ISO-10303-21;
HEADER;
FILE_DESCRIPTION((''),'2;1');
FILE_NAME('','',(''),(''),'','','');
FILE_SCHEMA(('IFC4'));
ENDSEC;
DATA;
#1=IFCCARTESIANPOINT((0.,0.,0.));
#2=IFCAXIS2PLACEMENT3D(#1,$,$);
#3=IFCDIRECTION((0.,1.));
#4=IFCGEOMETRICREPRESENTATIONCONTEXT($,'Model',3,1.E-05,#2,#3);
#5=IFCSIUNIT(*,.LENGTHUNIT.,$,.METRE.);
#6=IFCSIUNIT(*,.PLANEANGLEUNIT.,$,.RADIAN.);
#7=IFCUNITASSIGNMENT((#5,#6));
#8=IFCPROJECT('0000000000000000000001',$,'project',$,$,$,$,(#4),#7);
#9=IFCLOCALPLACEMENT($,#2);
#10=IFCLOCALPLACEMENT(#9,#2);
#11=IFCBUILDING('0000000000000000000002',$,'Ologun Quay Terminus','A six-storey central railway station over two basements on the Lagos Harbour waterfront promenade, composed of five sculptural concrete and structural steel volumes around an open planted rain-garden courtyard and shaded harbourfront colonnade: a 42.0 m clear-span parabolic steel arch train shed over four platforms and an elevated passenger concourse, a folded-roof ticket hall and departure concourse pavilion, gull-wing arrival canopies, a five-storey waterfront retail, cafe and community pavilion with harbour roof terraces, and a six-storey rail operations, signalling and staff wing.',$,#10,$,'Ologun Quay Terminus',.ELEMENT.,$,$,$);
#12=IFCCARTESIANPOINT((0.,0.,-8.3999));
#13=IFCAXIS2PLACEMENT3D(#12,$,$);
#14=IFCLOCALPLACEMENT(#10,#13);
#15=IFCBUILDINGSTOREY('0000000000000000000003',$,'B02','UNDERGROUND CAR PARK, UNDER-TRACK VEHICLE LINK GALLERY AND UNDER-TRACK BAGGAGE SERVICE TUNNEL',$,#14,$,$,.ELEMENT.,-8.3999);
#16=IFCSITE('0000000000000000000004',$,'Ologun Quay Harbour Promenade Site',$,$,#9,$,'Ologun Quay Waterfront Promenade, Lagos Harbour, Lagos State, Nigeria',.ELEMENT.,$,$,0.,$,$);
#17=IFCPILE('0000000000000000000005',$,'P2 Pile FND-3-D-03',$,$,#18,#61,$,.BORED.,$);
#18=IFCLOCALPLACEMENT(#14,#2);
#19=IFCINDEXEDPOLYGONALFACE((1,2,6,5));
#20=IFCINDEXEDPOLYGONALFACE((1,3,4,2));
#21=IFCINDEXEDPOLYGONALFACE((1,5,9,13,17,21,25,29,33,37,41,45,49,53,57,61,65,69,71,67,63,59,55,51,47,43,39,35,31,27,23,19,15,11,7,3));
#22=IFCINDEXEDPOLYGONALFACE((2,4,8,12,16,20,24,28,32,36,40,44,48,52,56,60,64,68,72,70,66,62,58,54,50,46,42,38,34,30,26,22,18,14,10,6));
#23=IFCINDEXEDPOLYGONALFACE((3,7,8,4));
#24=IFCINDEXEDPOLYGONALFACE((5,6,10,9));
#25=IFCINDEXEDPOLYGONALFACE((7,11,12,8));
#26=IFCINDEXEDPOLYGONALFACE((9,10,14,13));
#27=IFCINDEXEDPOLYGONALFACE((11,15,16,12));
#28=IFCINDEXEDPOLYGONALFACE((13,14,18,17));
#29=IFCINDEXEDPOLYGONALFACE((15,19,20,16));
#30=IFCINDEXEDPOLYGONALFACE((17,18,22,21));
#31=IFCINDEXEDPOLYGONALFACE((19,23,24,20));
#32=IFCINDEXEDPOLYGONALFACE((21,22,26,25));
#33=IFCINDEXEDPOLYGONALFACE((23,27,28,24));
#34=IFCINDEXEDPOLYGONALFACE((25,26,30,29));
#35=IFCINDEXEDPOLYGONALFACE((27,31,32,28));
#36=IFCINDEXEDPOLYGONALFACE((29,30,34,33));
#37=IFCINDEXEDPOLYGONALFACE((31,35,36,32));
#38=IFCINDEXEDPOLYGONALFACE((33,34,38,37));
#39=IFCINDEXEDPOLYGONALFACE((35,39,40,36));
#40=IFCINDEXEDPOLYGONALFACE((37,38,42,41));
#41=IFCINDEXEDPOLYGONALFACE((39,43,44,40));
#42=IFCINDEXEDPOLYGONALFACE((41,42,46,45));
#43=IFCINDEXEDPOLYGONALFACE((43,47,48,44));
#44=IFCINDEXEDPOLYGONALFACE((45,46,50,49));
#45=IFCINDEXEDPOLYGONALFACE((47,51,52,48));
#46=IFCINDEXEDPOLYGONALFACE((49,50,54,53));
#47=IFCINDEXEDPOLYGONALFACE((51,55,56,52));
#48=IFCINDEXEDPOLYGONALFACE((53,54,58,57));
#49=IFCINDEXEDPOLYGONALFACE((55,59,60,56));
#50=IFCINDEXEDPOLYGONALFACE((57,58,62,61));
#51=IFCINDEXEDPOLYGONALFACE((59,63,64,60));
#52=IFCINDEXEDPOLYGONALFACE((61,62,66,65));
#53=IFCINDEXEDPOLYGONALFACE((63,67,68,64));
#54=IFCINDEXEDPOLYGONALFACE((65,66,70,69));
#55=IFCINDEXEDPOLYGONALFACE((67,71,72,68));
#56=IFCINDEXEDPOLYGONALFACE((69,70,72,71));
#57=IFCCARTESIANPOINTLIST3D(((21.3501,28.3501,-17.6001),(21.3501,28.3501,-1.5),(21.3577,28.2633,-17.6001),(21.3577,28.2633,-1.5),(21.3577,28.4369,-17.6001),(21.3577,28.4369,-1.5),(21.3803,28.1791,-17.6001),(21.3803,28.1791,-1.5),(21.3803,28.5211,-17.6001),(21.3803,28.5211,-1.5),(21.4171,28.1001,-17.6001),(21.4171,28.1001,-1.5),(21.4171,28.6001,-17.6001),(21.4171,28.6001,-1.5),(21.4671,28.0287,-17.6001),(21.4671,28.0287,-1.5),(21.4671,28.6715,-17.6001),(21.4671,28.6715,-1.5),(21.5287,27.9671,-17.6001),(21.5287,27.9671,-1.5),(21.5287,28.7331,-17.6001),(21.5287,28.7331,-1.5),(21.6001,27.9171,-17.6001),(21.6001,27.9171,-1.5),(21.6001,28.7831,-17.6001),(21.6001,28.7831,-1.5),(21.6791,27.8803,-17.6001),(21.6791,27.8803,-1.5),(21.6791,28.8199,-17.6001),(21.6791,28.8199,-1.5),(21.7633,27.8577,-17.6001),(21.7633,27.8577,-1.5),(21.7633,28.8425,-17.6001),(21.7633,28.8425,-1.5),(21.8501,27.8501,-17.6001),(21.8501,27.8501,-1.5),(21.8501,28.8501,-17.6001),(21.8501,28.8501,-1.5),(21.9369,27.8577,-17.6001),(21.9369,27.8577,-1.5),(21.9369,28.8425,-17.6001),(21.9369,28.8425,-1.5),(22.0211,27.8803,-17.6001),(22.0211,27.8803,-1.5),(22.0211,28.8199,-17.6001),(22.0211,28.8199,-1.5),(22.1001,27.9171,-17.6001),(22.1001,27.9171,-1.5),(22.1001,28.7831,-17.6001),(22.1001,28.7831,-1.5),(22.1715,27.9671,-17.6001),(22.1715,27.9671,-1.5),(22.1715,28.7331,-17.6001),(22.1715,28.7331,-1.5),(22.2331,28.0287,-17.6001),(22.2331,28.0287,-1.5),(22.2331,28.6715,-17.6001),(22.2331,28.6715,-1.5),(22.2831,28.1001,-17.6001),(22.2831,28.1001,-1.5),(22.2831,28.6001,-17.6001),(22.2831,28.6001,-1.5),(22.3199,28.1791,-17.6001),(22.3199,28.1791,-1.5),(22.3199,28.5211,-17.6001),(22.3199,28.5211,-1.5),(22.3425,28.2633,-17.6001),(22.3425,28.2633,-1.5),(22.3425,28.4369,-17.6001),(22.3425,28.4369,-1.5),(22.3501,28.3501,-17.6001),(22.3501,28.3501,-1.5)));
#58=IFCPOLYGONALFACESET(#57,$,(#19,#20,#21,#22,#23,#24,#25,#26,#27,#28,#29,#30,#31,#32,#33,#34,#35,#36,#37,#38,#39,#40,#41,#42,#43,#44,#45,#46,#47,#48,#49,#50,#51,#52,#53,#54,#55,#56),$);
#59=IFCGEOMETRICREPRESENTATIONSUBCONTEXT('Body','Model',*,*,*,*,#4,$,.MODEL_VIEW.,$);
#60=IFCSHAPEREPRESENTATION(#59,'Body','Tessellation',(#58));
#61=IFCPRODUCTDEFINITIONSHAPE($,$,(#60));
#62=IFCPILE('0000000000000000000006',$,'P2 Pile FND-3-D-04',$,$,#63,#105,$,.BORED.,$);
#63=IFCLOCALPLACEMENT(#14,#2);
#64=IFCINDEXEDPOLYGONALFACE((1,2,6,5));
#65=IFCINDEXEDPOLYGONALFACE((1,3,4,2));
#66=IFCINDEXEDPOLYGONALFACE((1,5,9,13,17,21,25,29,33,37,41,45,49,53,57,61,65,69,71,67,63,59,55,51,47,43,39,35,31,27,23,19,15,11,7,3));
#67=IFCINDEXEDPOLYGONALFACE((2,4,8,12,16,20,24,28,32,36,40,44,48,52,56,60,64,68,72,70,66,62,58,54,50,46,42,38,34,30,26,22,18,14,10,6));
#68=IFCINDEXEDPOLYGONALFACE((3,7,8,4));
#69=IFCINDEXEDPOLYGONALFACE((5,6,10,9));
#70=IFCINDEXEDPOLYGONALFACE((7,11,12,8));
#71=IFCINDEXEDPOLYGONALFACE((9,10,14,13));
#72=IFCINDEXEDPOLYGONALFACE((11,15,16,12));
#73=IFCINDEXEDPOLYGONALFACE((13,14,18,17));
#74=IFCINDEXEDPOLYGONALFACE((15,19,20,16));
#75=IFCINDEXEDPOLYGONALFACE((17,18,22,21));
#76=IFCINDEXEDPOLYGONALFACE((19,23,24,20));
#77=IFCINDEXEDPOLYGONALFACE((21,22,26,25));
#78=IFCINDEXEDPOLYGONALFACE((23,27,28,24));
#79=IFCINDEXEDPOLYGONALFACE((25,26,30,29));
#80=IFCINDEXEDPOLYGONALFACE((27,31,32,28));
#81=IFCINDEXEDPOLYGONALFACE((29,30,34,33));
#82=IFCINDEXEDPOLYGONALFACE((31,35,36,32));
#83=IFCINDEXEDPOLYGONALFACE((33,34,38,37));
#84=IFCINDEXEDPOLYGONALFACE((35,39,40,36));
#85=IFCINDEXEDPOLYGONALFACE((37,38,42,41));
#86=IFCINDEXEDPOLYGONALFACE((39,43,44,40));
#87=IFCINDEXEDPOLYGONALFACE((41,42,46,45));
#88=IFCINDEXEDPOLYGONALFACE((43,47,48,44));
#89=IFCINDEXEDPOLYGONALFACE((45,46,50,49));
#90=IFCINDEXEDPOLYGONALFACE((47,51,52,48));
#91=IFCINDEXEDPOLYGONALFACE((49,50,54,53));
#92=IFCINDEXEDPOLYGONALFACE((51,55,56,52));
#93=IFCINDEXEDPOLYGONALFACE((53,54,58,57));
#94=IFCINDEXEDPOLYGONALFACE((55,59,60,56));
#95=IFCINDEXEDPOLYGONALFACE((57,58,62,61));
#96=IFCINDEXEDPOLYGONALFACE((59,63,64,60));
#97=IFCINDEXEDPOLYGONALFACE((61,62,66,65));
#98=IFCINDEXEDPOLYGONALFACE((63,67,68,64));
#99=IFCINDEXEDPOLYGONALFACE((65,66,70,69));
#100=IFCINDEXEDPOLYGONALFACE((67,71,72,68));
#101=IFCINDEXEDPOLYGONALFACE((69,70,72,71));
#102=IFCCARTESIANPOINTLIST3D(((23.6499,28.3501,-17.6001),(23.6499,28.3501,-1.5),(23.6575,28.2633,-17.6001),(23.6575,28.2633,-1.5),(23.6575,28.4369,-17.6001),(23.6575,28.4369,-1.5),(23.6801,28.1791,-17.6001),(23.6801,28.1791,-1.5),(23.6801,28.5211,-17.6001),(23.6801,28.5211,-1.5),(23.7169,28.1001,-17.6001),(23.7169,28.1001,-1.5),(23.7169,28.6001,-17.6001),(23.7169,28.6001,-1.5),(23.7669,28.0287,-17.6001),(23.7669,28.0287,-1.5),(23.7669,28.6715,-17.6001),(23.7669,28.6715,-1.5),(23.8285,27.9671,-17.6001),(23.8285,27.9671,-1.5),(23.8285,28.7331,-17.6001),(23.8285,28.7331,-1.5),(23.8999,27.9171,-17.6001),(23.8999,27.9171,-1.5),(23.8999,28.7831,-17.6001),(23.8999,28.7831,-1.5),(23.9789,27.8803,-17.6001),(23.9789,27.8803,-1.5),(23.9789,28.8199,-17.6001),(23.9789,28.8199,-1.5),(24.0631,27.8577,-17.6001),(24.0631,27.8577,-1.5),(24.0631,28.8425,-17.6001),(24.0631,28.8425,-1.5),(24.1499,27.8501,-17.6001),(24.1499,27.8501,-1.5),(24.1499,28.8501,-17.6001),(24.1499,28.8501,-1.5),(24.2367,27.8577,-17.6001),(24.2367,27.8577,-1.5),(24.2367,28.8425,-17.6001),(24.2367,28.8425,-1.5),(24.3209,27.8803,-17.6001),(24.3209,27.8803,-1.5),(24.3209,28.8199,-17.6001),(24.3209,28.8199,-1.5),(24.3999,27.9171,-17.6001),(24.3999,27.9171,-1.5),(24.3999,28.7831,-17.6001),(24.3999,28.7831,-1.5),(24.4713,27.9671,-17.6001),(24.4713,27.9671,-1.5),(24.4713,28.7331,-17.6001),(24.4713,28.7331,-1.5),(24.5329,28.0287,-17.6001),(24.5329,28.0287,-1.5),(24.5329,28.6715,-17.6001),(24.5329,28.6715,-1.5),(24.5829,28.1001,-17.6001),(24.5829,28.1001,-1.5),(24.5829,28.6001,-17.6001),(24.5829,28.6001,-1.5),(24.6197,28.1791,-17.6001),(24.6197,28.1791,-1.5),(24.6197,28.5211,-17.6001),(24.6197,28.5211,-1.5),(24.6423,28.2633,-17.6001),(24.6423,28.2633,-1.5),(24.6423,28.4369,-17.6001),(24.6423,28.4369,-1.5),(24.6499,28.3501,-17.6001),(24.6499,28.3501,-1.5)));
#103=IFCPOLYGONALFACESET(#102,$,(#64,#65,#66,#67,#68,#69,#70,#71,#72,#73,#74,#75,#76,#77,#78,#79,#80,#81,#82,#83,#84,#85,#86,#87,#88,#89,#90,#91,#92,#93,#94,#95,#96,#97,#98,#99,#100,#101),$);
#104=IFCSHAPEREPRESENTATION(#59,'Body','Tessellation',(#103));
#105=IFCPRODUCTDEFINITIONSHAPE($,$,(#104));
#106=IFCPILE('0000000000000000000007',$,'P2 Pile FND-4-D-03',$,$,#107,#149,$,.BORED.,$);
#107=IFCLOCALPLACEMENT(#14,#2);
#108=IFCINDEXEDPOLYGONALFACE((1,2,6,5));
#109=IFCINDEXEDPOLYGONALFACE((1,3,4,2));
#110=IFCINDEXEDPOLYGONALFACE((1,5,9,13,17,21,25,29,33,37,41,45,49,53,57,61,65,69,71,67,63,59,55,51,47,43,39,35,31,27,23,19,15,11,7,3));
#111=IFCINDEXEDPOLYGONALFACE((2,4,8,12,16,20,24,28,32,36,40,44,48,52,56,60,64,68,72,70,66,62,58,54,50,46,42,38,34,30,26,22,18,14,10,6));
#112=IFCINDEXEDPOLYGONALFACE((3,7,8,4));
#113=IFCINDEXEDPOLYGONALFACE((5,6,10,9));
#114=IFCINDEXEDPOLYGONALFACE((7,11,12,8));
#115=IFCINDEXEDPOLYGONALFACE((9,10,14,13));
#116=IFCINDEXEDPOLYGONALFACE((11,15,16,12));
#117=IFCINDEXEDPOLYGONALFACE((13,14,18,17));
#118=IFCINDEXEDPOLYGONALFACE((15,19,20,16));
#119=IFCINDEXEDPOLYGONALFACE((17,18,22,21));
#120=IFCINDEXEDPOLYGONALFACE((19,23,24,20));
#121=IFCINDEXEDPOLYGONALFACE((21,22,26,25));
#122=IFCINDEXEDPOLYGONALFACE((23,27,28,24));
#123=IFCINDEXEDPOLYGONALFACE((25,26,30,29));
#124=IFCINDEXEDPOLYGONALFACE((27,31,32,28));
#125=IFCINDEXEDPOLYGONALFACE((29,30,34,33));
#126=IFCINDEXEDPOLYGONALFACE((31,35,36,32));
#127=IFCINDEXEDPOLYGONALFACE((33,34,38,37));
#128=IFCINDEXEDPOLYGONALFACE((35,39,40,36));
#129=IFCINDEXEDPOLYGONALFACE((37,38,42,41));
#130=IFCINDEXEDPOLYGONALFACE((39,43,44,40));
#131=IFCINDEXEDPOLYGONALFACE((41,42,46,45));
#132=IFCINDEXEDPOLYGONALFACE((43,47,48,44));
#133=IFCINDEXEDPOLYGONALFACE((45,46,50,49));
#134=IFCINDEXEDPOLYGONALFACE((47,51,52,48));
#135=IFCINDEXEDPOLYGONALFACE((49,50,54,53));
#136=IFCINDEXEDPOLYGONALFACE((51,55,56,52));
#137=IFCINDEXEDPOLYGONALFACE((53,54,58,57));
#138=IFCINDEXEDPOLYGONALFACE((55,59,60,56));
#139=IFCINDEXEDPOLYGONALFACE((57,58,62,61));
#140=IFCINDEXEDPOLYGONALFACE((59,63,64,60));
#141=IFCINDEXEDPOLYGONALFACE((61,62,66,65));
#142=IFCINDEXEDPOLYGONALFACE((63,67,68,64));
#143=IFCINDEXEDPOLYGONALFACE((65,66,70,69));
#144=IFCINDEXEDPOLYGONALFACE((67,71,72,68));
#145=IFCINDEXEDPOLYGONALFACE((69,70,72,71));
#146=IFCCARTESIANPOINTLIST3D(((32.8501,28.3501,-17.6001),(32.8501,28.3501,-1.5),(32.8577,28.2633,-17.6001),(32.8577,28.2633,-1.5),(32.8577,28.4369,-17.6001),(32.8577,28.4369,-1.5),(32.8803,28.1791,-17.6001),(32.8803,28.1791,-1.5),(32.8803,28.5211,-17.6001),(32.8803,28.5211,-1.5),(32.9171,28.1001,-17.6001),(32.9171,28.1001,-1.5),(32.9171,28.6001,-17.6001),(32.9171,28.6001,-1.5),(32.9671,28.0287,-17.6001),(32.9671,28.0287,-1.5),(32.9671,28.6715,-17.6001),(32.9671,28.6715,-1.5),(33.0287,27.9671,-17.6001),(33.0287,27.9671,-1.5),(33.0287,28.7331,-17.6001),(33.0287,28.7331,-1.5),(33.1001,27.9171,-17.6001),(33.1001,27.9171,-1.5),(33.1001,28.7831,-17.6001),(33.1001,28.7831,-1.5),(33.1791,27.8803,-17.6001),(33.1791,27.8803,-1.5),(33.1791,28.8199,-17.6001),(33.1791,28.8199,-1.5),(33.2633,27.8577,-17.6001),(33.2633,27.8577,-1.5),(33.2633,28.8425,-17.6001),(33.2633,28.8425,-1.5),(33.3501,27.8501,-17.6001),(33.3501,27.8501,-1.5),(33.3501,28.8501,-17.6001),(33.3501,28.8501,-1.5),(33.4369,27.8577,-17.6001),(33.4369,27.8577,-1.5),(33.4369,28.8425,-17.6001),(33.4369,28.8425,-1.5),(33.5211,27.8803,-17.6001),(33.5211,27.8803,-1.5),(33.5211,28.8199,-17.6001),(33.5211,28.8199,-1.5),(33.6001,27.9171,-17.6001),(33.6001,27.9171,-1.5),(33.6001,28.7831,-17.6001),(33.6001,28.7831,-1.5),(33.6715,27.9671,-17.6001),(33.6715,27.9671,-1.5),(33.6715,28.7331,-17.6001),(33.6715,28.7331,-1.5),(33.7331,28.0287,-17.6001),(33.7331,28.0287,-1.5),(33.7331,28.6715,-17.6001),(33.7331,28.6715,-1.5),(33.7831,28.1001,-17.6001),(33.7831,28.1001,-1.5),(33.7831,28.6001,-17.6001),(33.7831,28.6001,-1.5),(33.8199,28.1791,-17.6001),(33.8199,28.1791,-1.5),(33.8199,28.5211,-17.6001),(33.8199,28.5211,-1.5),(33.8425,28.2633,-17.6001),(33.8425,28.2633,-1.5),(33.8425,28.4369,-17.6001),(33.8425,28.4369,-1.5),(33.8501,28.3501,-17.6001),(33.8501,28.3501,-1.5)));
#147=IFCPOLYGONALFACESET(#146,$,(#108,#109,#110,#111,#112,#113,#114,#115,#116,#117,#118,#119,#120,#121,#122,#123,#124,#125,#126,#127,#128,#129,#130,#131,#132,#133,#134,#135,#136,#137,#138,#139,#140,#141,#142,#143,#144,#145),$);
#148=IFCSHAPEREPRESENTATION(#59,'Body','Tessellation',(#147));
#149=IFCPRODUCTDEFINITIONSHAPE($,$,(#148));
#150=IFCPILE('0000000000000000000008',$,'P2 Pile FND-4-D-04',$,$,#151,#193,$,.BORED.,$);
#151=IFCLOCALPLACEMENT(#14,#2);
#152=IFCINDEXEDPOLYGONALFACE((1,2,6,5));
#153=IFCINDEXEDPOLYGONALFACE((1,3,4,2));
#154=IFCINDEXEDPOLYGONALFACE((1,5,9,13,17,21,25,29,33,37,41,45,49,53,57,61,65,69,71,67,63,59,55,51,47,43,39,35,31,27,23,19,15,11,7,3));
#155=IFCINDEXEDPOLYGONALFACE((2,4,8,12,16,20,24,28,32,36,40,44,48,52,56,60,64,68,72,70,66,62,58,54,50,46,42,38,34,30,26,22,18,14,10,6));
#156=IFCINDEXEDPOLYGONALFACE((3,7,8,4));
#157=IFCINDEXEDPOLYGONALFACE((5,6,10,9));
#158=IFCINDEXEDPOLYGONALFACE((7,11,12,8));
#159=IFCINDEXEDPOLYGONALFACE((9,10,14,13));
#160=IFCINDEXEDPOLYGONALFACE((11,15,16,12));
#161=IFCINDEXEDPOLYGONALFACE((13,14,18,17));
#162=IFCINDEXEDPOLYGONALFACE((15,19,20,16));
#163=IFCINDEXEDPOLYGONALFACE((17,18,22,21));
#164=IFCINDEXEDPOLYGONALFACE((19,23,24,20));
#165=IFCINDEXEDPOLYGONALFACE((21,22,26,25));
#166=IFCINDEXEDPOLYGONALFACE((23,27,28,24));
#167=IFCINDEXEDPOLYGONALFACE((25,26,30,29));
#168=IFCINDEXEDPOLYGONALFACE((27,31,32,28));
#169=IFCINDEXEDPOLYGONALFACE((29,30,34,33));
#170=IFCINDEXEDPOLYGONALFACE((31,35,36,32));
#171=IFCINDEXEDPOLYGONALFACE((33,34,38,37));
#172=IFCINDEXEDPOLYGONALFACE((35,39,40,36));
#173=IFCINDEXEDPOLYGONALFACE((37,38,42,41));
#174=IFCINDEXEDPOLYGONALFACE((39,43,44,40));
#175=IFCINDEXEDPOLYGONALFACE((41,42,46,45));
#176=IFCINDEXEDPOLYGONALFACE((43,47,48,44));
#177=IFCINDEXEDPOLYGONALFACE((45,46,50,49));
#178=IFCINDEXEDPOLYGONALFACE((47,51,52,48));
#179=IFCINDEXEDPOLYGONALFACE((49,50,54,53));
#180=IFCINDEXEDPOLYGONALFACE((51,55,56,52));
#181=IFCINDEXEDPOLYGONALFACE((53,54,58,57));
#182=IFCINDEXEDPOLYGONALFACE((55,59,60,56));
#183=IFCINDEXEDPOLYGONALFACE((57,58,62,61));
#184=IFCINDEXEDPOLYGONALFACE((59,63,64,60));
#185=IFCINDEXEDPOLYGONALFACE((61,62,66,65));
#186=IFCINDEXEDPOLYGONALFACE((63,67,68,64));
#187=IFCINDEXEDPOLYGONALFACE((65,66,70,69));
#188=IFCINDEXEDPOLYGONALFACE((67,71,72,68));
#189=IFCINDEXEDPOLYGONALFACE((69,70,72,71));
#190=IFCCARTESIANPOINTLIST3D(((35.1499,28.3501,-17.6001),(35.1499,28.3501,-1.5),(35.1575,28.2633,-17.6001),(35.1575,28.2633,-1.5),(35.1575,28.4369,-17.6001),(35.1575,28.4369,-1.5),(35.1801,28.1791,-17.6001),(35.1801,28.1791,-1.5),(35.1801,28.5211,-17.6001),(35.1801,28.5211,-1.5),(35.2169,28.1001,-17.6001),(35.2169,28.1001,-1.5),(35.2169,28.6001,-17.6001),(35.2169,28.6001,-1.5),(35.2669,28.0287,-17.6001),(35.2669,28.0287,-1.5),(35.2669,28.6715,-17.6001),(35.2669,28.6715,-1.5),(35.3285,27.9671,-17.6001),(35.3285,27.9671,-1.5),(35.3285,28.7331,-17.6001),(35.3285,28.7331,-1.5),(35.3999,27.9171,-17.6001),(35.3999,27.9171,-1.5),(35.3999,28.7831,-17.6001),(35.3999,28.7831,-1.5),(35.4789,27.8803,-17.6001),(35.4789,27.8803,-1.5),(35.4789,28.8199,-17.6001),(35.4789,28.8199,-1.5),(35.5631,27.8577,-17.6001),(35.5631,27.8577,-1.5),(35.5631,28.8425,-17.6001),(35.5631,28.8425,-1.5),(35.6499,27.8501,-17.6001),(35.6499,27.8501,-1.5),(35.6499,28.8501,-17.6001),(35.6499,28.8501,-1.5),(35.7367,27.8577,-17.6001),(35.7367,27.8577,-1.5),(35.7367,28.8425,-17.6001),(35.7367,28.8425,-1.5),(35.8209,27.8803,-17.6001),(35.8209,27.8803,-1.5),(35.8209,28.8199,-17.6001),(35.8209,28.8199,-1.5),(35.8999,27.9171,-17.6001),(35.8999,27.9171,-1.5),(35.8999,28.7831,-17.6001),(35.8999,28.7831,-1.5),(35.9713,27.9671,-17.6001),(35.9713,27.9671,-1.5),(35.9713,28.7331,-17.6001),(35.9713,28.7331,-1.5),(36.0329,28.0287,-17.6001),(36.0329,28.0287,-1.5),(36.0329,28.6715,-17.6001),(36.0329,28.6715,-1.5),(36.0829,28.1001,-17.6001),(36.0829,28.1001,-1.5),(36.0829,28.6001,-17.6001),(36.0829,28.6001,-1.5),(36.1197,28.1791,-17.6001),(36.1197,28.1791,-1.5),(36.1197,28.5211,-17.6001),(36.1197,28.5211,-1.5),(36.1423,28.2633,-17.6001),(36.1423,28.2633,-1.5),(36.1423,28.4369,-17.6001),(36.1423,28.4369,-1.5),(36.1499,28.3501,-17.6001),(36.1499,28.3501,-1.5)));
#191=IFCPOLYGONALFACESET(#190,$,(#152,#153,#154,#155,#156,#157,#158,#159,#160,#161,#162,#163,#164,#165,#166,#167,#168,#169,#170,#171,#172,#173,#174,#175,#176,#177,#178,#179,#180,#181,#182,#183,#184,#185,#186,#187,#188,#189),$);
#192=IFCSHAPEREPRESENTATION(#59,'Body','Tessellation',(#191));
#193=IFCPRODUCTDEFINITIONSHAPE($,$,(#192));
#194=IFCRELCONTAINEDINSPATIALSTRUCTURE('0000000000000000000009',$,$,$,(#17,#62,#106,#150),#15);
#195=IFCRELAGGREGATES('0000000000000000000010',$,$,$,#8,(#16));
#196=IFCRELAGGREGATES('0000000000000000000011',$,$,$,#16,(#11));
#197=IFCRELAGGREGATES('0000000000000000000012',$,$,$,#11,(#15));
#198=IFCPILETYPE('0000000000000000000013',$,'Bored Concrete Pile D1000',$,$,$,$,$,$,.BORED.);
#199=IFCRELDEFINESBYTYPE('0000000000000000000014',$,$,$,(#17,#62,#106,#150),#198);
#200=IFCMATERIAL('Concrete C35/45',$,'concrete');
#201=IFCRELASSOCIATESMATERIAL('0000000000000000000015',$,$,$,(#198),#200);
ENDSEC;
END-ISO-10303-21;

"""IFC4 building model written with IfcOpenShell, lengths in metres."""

from ifc_helpers import new_model, si_unit, direction, frame, origin, origin_2d, place, context, subcontext, project, spatial, circle, extrude, material, material_profile, profile_set, type_object, element, save


model = new_model("IFC4")

# Units and contexts
model_context = context("Model", 3, precision=1e-05, world=origin(), true_north=direction((0.0, 1.0)))
body_context = subcontext(model_context, "Body", "Model", "MODEL_VIEW")
ifc_project = project(units=[si_unit("LENGTHUNIT", "METRE"), si_unit("PLANEANGLEUNIT", "RADIAN")], contexts=[model_context])

# Site, building, storey
site_placement = place(None, origin())
site = spatial("IfcSite", under=ifc_project, at=site_placement, Name="Ologun Quay Harbour Promenade Site", LongName="Ologun Quay Waterfront Promenade, Lagos Harbour, Lagos State, Nigeria", CompositionType="ELEMENT", RefElevation=0.0)
building_placement = place(site_placement, origin())
building = spatial("IfcBuilding", under=site, at=building_placement, Name="Ologun Quay Terminus", Description="A six-storey central railway station over two basements on the Lagos Harbour waterfront promenade, composed of five sculptural concrete and structural steel volumes around an open planted rain-garden courtyard and shaded harbourfront colonnade: a 42.0 m clear-span parabolic steel arch train shed over four platforms and an elevated passenger concourse, a folded-roof ticket hall and departure concourse pavilion, gull-wing arrival canopies, a five-storey waterfront retail, cafe and community pavilion with harbour roof terraces, and a six-storey rail operations, signalling and staff wing.", LongName="Ologun Quay Terminus", CompositionType="ELEMENT")
storey_placement = place(building_placement, frame((0.0, 0.0, -8.3999)))
storey = spatial("IfcBuildingStorey", under=building, at=storey_placement, Name="B02", Description="UNDERGROUND CAR PARK, UNDER-TRACK VEHICLE LINK GALLERY AND UNDER-TRACK BAGGAGE SERVICE TUNNEL", CompositionType="ELEMENT", Elevation=-8.3999)

# Piles
ifc_material_1 = material(Name="Concrete C35/45", Category="concrete")
ifc_material_profile_1 = material_profile(ifc_material_1, circle(Radius=0.5, at=origin_2d()), Name="PILE D1000")
ifc_profile_set_1 = profile_set([ifc_material_profile_1], Name="Concrete C35/45")
pile_type_1 = type_object("IfcPileType", Name="Bored Concrete Pile D1000", PredefinedType="BORED", material=ifc_profile_set_1)
for number, where, z_axis, x_axis, name in (
    (1, (21.8501, 28.3501, -1.5), (0.0, 0.0, -1.0), (1.0, 0.0, 0.0), "P2 Pile FND-3-D-03"),
    (2, (24.1499, 28.3501, -1.5), (0.0, 0.0, -1.0), (1.0, 0.0, 0.0), "P2 Pile FND-3-D-04"),
    (3, (33.3501, 28.3501, -1.5), (0.0, 0.0, -1.0), (1.0, 0.0, 0.0), "P2 Pile FND-4-D-03"),
    (4, (35.6499, 28.3501, -1.5), (0.0, 0.0, -1.0), (1.0, 0.0, 0.0), "P2 Pile FND-4-D-04"),
):
    element("IfcPile", number, at=place(storey_placement, frame(where, z_axis=z_axis, x_axis=x_axis)), inside=storey, type_object=pile_type_1, Name=name, PredefinedType="BORED", context=body_context, shape_type="SweptSolid", body=[
        extrude(circle(Radius=0.5, at=origin_2d()), origin(), (0.0, 0.0, 1.0), 16.1001),
    ])

save(model, "model.ifc")
